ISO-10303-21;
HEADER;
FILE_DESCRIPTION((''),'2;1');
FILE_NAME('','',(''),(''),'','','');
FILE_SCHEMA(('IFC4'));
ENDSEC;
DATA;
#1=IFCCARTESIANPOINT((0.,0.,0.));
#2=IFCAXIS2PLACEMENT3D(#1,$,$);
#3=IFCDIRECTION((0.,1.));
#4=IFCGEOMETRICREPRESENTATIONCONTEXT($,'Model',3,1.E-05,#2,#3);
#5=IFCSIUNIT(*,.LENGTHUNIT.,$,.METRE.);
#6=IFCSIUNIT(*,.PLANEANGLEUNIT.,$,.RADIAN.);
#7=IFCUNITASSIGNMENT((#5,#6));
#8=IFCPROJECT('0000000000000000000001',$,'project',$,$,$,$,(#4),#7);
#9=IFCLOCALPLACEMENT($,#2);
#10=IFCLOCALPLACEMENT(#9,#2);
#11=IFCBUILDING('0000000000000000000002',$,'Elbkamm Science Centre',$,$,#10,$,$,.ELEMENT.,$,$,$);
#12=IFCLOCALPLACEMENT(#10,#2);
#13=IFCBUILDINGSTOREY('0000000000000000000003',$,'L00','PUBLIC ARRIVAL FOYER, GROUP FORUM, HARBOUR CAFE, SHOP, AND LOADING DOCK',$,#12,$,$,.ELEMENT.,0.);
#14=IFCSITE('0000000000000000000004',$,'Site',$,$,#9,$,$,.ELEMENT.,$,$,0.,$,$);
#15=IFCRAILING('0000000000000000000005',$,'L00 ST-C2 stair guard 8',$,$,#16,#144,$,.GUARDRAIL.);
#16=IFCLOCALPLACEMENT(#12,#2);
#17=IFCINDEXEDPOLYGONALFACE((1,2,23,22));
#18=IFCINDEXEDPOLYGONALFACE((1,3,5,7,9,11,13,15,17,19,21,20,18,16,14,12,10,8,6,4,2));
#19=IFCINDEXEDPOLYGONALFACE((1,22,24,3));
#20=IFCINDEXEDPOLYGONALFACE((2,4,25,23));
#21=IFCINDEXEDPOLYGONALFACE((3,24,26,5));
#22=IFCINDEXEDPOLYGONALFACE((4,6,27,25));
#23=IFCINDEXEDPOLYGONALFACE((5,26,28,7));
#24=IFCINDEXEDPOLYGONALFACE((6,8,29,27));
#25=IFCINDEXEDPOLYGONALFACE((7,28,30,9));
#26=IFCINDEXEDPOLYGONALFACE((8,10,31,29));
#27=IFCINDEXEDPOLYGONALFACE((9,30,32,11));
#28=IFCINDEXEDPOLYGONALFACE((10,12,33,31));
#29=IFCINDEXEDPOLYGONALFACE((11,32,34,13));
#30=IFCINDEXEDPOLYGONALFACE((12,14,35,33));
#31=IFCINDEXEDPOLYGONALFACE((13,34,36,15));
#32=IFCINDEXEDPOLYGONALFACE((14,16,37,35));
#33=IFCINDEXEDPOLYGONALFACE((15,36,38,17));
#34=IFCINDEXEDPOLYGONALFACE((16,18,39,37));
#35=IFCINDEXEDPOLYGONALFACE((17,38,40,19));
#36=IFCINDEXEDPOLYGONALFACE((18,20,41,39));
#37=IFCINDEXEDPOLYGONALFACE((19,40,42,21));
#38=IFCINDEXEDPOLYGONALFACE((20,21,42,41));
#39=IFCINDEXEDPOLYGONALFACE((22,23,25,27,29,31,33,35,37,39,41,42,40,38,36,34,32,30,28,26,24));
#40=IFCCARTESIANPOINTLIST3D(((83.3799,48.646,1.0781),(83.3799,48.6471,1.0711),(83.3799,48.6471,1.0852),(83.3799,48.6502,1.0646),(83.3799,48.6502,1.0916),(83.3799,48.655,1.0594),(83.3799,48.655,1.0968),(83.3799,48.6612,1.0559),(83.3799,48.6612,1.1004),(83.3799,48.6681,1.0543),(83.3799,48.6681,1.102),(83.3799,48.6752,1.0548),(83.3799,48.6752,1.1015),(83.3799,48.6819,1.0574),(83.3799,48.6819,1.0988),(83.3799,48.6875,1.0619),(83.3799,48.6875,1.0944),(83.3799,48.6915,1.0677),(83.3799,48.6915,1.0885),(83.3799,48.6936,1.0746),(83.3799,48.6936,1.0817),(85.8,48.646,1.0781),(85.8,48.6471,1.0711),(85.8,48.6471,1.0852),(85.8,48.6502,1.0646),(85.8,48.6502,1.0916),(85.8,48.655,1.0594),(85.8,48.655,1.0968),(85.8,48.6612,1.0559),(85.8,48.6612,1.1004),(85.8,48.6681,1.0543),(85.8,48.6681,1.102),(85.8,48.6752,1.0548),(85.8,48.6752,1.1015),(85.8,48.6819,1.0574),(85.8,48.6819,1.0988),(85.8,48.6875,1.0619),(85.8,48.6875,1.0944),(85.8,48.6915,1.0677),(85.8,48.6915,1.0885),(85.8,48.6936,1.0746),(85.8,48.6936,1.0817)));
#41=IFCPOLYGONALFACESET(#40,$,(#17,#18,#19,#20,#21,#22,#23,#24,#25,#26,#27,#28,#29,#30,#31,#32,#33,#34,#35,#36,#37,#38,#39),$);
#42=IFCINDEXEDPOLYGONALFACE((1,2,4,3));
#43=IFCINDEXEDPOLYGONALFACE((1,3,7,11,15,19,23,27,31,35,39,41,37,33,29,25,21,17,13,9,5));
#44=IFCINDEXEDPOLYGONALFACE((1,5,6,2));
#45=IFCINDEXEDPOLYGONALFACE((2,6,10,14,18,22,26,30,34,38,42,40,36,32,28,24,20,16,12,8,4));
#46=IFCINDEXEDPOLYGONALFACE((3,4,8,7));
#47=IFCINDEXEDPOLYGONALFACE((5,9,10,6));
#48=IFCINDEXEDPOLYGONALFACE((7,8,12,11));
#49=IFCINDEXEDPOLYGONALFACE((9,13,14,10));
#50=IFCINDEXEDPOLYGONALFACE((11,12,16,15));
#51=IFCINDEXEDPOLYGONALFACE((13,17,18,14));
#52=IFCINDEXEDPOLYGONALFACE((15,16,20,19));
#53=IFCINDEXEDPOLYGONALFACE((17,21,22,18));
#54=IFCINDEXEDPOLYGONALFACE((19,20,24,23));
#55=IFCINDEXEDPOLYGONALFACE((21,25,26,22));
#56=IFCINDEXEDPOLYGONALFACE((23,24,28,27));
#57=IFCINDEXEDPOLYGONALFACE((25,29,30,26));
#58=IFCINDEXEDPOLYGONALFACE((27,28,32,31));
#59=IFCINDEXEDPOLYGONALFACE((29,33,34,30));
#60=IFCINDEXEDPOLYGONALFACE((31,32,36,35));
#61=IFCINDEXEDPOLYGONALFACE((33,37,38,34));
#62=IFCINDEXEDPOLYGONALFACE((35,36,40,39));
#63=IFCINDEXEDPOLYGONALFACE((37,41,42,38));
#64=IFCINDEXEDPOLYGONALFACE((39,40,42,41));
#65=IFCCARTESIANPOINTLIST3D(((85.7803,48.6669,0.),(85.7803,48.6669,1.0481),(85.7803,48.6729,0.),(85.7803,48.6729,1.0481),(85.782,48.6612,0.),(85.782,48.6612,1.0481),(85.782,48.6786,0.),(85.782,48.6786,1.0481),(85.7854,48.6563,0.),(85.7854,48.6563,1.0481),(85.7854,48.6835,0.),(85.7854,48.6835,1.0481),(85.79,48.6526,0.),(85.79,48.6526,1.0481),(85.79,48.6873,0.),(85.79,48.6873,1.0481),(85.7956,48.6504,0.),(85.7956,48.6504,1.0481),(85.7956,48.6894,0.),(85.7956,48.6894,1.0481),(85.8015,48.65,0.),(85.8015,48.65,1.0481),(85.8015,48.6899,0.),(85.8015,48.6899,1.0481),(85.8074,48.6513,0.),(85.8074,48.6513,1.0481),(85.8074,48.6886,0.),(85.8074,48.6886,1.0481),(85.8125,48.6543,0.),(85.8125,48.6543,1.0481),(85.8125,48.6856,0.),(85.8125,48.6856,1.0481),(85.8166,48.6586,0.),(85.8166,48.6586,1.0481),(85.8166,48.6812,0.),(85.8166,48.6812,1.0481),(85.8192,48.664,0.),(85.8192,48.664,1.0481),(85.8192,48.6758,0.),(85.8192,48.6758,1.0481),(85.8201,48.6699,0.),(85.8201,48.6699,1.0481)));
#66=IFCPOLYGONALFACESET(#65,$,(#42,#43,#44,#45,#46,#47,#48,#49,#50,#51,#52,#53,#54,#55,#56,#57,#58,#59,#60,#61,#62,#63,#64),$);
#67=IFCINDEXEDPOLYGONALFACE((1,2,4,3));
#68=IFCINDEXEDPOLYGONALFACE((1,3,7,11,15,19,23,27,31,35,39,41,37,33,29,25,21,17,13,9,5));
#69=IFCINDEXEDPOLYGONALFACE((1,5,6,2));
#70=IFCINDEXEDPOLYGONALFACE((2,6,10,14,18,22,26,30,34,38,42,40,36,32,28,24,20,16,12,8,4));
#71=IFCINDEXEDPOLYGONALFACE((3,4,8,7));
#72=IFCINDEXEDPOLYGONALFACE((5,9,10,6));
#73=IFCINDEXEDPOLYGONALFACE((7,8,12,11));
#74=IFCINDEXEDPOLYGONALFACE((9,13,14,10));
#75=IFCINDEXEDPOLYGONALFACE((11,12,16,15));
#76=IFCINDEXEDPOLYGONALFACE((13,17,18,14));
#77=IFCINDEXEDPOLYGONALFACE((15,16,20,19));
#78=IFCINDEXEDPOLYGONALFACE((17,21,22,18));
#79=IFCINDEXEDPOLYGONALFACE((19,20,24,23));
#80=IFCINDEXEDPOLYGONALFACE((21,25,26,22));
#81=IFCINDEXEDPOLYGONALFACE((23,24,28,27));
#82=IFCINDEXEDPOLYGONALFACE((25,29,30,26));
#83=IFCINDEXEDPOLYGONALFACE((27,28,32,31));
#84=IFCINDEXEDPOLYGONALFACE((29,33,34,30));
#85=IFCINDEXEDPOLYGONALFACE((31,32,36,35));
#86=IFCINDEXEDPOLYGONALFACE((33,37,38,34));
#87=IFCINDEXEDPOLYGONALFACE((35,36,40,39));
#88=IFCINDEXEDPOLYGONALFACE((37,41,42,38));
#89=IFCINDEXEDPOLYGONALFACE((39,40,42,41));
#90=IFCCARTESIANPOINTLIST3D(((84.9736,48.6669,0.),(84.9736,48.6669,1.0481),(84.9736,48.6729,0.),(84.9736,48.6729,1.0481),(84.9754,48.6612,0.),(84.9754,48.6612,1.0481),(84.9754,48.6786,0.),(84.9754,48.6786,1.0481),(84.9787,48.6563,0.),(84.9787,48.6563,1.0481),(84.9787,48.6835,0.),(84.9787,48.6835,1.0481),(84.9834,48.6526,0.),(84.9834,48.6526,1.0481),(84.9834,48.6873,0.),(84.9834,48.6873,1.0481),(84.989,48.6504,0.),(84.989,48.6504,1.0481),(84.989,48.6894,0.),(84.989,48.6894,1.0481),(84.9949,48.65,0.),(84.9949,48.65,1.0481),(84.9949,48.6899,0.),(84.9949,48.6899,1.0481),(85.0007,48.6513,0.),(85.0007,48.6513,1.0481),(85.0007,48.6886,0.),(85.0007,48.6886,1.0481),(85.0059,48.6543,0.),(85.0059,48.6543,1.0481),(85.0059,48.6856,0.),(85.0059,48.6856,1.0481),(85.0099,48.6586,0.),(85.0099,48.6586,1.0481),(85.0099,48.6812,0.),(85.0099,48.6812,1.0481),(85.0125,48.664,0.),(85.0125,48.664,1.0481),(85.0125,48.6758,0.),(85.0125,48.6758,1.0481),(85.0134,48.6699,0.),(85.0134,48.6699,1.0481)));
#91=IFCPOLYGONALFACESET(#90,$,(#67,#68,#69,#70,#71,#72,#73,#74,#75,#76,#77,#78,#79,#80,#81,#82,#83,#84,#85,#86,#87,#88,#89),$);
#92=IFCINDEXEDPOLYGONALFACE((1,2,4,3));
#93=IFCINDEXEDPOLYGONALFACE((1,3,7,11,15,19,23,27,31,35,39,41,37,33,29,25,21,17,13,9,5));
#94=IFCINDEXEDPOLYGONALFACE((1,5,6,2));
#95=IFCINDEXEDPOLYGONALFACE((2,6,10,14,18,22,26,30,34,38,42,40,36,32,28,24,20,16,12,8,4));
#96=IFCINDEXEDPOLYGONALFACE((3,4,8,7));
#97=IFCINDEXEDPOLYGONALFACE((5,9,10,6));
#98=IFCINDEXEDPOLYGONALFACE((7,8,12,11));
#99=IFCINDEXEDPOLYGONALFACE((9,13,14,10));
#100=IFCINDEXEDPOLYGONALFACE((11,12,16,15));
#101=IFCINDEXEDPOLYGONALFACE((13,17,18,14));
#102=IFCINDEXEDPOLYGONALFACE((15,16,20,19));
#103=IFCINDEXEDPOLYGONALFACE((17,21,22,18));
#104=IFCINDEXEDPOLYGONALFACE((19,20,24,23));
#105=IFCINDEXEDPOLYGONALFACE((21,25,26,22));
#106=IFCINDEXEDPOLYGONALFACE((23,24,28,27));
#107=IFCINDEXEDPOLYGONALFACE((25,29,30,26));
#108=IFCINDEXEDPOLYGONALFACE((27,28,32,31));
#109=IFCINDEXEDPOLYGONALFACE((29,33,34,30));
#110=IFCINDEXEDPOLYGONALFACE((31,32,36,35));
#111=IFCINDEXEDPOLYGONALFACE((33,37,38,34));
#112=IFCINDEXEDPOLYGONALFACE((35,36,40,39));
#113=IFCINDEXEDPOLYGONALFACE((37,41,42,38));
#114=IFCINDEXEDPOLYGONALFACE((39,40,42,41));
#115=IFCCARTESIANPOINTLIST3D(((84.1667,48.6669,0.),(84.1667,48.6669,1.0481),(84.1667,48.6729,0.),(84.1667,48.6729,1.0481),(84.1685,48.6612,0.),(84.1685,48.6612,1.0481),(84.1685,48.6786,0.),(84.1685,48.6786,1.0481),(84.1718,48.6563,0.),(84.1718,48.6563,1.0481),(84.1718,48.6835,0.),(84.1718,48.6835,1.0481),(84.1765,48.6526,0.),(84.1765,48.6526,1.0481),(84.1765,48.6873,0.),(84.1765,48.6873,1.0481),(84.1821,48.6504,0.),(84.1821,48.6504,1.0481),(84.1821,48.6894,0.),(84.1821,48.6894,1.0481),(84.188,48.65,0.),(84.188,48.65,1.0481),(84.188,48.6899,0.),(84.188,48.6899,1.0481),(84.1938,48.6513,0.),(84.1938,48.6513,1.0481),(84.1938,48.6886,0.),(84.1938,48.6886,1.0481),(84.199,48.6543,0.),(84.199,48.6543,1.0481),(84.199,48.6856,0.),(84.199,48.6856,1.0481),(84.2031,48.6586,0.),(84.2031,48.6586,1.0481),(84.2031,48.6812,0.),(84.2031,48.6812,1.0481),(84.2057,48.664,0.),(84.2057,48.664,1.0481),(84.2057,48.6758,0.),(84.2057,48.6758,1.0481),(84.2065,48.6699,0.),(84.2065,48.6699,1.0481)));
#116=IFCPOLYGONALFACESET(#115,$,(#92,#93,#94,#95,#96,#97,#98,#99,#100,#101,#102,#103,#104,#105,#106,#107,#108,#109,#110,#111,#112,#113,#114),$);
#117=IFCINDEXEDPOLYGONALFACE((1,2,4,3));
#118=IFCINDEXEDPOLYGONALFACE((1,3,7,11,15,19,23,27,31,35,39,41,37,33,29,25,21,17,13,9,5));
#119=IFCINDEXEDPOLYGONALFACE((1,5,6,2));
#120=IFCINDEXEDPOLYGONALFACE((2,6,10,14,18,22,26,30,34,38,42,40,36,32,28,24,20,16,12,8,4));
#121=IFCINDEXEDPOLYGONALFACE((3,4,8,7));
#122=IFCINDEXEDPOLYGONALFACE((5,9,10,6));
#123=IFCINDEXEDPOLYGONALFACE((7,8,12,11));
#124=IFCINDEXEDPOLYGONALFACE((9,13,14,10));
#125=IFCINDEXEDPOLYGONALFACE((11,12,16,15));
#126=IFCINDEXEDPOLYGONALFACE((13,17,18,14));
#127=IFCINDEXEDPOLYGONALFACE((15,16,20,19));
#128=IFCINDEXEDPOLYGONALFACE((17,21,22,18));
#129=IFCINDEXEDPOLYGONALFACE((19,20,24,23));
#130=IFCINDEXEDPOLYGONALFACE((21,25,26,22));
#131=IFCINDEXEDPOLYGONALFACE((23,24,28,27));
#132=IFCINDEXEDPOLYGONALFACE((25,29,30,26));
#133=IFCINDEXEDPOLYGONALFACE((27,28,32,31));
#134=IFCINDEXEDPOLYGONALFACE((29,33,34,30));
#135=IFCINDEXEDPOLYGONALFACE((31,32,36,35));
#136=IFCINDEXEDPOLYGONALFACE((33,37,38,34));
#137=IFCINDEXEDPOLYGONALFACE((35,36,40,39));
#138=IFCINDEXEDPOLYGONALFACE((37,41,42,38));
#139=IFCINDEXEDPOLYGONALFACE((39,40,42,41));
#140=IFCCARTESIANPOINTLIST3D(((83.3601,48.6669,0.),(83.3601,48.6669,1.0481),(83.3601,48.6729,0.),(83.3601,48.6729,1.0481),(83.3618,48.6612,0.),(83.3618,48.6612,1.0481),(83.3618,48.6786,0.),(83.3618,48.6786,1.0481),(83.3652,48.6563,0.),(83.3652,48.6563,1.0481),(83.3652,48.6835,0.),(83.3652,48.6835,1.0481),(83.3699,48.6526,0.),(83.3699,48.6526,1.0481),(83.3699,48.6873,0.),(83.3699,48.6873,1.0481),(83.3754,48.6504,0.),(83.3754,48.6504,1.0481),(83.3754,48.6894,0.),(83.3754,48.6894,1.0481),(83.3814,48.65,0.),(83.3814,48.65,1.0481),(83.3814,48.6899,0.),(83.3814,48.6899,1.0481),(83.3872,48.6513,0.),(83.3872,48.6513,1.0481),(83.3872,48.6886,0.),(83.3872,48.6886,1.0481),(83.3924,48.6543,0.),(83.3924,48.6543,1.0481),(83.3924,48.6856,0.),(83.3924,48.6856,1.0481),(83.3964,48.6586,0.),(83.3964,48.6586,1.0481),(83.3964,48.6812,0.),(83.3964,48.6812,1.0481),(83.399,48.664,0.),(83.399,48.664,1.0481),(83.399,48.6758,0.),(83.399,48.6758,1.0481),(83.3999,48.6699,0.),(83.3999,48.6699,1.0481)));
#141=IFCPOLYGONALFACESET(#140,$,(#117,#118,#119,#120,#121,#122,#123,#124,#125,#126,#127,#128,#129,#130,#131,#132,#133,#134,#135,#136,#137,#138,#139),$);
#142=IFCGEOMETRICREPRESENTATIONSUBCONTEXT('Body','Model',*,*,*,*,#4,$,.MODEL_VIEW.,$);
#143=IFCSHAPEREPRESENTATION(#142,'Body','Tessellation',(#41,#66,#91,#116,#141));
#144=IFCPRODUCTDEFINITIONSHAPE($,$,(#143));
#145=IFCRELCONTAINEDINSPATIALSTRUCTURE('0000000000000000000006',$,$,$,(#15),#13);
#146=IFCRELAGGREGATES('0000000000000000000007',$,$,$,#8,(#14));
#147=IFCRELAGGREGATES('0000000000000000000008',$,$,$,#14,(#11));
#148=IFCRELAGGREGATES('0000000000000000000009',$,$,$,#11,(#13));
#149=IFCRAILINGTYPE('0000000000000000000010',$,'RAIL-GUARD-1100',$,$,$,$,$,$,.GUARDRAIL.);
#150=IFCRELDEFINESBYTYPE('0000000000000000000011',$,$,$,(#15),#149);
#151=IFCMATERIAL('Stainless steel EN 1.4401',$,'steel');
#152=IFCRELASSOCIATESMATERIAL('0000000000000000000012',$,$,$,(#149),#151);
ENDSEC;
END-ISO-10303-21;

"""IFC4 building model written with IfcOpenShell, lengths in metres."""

from ifc_helpers import new_model, si_unit, direction, frame, origin, origin_2d, place, context, subcontext, project, spatial, circle, extrude, material, type_object, element, save


model = new_model("IFC4")

# Units and contexts
model_context = context("Model", 3, precision=1e-05, world=origin(), true_north=direction((0.0, 1.0)))
body_context = subcontext(model_context, "Body", "Model", "MODEL_VIEW")
ifc_project = project(units=[si_unit("LENGTHUNIT", "METRE"), si_unit("PLANEANGLEUNIT", "RADIAN")], contexts=[model_context])

# Site, building, storey
site_placement = place(None, origin())
site = spatial("IfcSite", under=ifc_project, at=site_placement, Name="Site", CompositionType="ELEMENT", RefElevation=0.0)
building_placement = place(site_placement, origin())
building = spatial("IfcBuilding", under=site, at=building_placement, Name="Elbkamm Science Centre", CompositionType="ELEMENT")
storey_placement = place(building_placement, origin())
storey = spatial("IfcBuildingStorey", under=building, at=storey_placement, Name="L00", Description="PUBLIC ARRIVAL FOYER, GROUP FORUM, HARBOUR CAFE, SHOP, AND LOADING DOCK", CompositionType="ELEMENT", Elevation=0.0)

# Railing
ifc_material_1 = material(Name="Stainless steel EN 1.4401", Category="steel")
railing_type_1 = type_object("IfcRailingType", Name="RAIL-GUARD-1100", PredefinedType="GUARDRAIL", material=ifc_material_1)
for number, where, name in (
    (1, (85.8, 48.6699, 0.0), "L00 ST-C2 stair guard 8"),
):
    element("IfcRailing", number, at=place(storey_placement, frame(where)), inside=storey, type_object=railing_type_1, Name=name, PredefinedType="GUARDRAIL", context=body_context, shape_type="SweptSolid", body=[
        extrude(circle(Radius=0.0239, at=origin_2d()), frame((0.0, 0.0, 1.0781), z_axis=(-1.0, 0.0, 0.0), x_axis=(0.0, -1.0, 0.0)), (0.0, 0.0, 1.0), 2.4202),
        extrude(circle(Radius=0.02, at=origin_2d()), origin(), (0.0, 0.0, 1.0), 1.0481),
        extrude(circle(Radius=0.02, at=origin_2d()), frame((-0.8066, 0.0, 0.0)), (0.0, 0.0, 1.0), 1.0481),
        extrude(circle(Radius=0.02, at=origin_2d()), frame((-1.6135, 0.0, 0.0)), (0.0, 0.0, 1.0), 1.0481),
        extrude(circle(Radius=0.02, at=origin_2d()), frame((-2.4202, 0.0, 0.0)), (0.0, 0.0, 1.0), 1.0481),
    ])

save(model, "model.ifc")
